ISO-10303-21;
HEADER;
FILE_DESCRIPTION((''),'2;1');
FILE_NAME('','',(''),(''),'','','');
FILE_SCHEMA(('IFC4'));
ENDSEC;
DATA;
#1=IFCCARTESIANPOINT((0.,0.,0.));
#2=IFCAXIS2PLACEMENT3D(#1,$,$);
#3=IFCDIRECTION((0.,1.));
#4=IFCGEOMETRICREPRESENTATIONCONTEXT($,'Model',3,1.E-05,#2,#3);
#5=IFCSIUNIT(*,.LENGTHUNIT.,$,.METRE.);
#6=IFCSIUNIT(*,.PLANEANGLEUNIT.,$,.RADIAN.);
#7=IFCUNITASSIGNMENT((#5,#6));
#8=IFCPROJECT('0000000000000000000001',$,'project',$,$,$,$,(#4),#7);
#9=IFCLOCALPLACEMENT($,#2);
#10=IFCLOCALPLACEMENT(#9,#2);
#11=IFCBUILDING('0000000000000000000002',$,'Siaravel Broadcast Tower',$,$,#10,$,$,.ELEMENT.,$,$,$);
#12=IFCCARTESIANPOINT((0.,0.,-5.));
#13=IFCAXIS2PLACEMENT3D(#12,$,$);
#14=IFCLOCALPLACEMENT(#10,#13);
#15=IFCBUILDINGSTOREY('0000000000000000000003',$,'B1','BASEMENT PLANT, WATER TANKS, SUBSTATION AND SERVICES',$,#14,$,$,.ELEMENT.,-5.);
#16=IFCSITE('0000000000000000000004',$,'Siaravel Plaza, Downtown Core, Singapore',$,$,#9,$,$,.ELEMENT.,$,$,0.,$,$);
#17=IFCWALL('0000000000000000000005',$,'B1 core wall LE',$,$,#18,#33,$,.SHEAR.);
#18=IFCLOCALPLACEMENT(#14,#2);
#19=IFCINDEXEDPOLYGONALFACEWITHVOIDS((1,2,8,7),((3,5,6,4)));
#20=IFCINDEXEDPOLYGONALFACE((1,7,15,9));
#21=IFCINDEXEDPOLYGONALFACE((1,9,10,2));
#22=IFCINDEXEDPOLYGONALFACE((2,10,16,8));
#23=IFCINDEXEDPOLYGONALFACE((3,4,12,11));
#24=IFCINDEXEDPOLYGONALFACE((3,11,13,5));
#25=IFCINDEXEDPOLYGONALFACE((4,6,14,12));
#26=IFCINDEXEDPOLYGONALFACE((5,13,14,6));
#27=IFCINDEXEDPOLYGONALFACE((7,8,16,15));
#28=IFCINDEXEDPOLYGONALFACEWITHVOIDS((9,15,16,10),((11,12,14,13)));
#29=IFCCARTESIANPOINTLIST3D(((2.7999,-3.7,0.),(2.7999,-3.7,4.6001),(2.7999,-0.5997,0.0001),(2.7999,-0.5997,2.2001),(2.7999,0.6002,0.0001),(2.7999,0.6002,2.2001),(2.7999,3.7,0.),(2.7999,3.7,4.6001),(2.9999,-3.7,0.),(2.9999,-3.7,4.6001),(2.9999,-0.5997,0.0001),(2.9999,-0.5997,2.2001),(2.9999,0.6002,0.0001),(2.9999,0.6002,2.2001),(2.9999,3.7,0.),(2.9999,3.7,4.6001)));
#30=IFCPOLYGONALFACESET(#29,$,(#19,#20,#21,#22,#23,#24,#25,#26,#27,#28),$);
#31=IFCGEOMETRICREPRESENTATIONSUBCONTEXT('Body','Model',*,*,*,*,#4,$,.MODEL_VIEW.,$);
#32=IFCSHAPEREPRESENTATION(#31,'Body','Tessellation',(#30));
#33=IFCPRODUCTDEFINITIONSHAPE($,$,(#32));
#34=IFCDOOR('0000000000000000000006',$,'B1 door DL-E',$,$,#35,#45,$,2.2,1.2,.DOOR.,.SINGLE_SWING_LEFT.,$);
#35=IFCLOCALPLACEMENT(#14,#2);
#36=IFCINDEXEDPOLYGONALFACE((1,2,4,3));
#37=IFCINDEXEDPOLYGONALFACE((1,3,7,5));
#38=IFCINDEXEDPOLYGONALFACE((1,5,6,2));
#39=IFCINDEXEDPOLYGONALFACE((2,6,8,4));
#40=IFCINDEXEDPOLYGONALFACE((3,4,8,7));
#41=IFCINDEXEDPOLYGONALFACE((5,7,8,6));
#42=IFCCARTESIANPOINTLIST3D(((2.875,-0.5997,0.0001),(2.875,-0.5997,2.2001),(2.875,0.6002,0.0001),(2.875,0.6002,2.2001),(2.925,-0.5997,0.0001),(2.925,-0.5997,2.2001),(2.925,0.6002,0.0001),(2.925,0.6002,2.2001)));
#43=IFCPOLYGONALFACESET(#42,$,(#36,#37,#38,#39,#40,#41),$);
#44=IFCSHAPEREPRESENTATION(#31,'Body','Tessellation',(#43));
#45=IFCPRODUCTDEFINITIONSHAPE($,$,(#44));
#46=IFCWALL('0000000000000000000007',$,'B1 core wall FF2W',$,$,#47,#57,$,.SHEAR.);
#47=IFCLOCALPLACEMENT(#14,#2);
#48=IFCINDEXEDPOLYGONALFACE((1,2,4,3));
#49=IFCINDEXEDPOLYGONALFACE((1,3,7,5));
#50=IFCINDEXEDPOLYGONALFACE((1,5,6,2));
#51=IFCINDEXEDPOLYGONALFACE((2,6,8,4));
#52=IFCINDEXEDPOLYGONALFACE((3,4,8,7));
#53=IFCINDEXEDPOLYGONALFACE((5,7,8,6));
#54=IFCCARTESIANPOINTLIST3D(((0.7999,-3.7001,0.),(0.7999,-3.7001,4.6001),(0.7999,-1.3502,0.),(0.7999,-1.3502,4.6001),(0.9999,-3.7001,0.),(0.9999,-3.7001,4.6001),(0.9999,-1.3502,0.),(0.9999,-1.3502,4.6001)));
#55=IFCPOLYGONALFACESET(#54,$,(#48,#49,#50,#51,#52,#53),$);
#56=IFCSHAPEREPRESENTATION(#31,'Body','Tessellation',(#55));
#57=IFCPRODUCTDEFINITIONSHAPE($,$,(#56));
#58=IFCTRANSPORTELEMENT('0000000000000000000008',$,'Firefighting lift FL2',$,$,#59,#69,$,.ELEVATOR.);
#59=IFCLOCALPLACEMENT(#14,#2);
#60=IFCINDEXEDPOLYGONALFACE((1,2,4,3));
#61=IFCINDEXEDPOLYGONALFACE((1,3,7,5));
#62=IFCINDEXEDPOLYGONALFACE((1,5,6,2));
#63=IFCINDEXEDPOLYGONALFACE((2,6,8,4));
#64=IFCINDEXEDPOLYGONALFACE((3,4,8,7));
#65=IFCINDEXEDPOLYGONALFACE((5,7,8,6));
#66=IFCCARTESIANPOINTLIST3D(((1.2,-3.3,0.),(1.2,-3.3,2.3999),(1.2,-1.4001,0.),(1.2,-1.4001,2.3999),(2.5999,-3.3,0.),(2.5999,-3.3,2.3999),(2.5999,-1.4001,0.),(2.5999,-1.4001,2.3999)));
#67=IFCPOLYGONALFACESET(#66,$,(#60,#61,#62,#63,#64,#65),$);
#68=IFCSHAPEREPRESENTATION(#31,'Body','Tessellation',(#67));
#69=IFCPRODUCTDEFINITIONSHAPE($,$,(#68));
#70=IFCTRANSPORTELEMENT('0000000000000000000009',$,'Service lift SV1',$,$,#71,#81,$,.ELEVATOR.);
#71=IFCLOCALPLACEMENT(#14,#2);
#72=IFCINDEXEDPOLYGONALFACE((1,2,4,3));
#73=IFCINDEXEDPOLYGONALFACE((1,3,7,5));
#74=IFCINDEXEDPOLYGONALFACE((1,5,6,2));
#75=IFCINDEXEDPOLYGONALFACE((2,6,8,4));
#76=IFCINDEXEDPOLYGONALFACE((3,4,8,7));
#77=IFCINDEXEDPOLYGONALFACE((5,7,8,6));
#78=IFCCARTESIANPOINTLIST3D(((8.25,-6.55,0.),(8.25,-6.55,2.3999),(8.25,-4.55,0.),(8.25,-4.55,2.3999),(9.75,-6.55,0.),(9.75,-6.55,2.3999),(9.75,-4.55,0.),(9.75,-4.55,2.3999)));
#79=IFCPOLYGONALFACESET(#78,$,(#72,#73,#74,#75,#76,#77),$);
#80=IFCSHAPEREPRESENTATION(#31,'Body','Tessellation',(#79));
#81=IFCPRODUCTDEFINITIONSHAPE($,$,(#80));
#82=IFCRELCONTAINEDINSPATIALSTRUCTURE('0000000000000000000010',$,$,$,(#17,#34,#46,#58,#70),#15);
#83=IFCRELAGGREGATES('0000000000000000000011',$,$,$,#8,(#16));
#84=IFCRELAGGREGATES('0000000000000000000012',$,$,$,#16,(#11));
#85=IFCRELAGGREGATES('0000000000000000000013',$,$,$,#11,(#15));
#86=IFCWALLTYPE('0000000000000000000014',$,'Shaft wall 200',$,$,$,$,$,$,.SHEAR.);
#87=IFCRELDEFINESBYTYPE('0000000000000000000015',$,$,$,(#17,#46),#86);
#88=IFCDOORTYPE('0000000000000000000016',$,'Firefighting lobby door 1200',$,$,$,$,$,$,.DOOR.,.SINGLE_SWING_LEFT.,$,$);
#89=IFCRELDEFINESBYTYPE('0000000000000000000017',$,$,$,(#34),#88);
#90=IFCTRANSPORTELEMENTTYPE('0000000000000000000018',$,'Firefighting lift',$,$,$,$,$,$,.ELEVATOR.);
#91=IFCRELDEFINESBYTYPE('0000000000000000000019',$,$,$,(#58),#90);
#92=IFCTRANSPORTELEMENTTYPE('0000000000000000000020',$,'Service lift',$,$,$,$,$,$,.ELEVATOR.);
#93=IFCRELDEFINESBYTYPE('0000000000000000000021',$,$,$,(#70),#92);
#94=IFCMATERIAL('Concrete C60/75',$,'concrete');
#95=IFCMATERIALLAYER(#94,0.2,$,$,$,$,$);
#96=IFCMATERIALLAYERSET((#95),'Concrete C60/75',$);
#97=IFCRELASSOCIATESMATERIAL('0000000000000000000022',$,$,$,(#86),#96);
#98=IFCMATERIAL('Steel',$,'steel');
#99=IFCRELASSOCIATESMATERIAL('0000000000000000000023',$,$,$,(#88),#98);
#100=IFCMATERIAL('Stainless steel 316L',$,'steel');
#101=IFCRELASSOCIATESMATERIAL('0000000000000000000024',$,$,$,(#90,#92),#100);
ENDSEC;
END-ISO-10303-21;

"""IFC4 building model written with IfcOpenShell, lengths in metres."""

from ifc_helpers import new_model, si_unit, direction, frame, frame_2d, origin, origin_2d, place, context, subcontext, project, spatial, rectangle, extrude, material, layer, layer_set, type_object, element, fill, save


model = new_model("IFC4")

# Units and contexts
model_context = context("Model", 3, precision=1e-05, world=origin(), true_north=direction((0.0, 1.0)))
body_context = subcontext(model_context, "Body", "Model", "MODEL_VIEW")
ifc_project = project(units=[si_unit("LENGTHUNIT", "METRE"), si_unit("PLANEANGLEUNIT", "RADIAN")], contexts=[model_context])

# Site, building, storey
site_placement = place(None, origin())
site = spatial("IfcSite", under=ifc_project, at=site_placement, Name="Siaravel Plaza, Downtown Core, Singapore", CompositionType="ELEMENT", RefElevation=0.0)
building_placement = place(site_placement, origin())
building = spatial("IfcBuilding", under=site, at=building_placement, Name="Siaravel Broadcast Tower", CompositionType="ELEMENT")
storey_placement = place(building_placement, frame((0.0, 0.0, -5.0)))
storey = spatial("IfcBuildingStorey", under=building, at=storey_placement, Name="B1", Description="BASEMENT PLANT, WATER TANKS, SUBSTATION AND SERVICES", CompositionType="ELEMENT", Elevation=-5.0)

# Shared definitions
ifc_material_1 = material(Name="Concrete C60/75", Category="concrete")
ifc_material_2 = material(Name="Steel", Category="steel")

# Shared definitions
ifc_layer_1 = layer(ifc_material_1, 0.2)
ifc_layer_set_1 = layer_set([ifc_layer_1], Name="Concrete C60/75")
wall_type_1 = type_object("IfcWallType", Name="Shaft wall 200", PredefinedType="SHEAR", material=ifc_layer_set_1)

# Wall, opening, door
wall_1_placement = place(storey_placement, frame((2.8999, -3.7, 0.0), z_axis=(0.0, 0.0, 1.0), x_axis=(0.0, 1.0, 0.0)))
wall_1 = element("IfcWall", 1, at=wall_1_placement, inside=storey, type_object=wall_type_1, Name="B1 core wall LE", PredefinedType="SHEAR", context=body_context, shape_type="SweptSolid", body=[
    extrude(rectangle(XDim=7.3999, YDim=0.2, at=frame_2d((3.7, 0.0))), origin(), (0.0, 0.0, 1.0), 4.6001),
])
opening_1_placement = place(wall_1_placement, frame((3.1001, 0.0, 0.0)))
opening_1 = element("IfcOpeningElement", 2, at=opening_1_placement, cuts=wall_1, PredefinedType="OPENING", context=body_context, shape_type="SweptSolid", body=[
    extrude(rectangle(XDim=1.2, YDim=2.2, at=frame_2d((0.6001, 1.1001))), frame((0.0, 0.1099, 0.0), z_axis=(0.0, -1.0, 0.0), x_axis=(1.0, 0.0, 0.0)), (0.0, 0.0, 1.0), 0.22),
])
door_type_1 = type_object("IfcDoorType", Name="Firefighting lobby door 1200", OperationType="SINGLE_SWING_LEFT", PredefinedType="DOOR", material=ifc_material_2)
door_1_placement = place(opening_1_placement, origin())
door_1 = element("IfcDoor", 3, at=door_1_placement, inside=storey, type_object=door_type_1, Name="B1 door DL-E", OperationType="SINGLE_SWING_LEFT", OverallHeight=2.2, OverallWidth=1.2, PredefinedType="DOOR", context=body_context, shape_type="SweptSolid", body=[
    extrude(rectangle(XDim=1.2, YDim=2.2, at=frame_2d((0.6001, 1.1001))), frame((0.0, 0.0249, 0.0), z_axis=(0.0, -1.0, 0.0), x_axis=(1.0, 0.0, 0.0)), (0.0, 0.0, 1.0), 0.05),
])
fill(opening_1, door_1)

# Wall
wall_2_placement = place(storey_placement, frame((0.8999, -3.7, 0.0), z_axis=(0.0, 0.0, 1.0), x_axis=(0.0, 1.0, 0.0)))
element("IfcWall", 4, at=wall_2_placement, inside=storey, type_object=wall_type_1, Name="B1 core wall FF2W", PredefinedType="SHEAR", context=body_context, shape_type="SweptSolid", body=[
    extrude(rectangle(XDim=2.3499, YDim=0.2, at=frame_2d((1.1748, 0.0))), origin(), (0.0, 0.0, 1.0), 4.6001),
])

# Transport elements
ifc_material_3 = material(Name="Stainless steel 316L", Category="steel")
transport_element_type_1 = type_object("IfcTransportElementType", Name="Firefighting lift", PredefinedType="ELEVATOR", material=ifc_material_3)
transport_element_1_placement = place(storey_placement, frame((1.8999, -2.3501, 0.0), z_axis=(0.0, 0.0, 1.0), x_axis=(1.0, 0.0, 0.0)))
element("IfcTransportElement", 5, at=transport_element_1_placement, inside=storey, type_object=transport_element_type_1, Name="Firefighting lift FL2", PredefinedType="ELEVATOR", context=body_context, shape_type="SweptSolid", body=[
    extrude(rectangle(XDim=1.3999, YDim=1.8999, at=origin_2d()), origin(), (0.0, 0.0, 1.0), 2.3999),
])
transport_element_type_2 = type_object("IfcTransportElementType", Name="Service lift", PredefinedType="ELEVATOR", material=ifc_material_3)
transport_element_2_placement = place(storey_placement, frame((9.0, -5.55, 0.0), z_axis=(0.0, 0.0, 1.0), x_axis=(1.0, 0.0, 0.0)))
element("IfcTransportElement", 6, at=transport_element_2_placement, inside=storey, type_object=transport_element_type_2, Name="Service lift SV1", PredefinedType="ELEVATOR", context=body_context, shape_type="SweptSolid", body=[
    extrude(rectangle(XDim=1.5, YDim=2.0, at=origin_2d()), origin(), (0.0, 0.0, 1.0), 2.3999),
])

save(model, "model.ifc")
